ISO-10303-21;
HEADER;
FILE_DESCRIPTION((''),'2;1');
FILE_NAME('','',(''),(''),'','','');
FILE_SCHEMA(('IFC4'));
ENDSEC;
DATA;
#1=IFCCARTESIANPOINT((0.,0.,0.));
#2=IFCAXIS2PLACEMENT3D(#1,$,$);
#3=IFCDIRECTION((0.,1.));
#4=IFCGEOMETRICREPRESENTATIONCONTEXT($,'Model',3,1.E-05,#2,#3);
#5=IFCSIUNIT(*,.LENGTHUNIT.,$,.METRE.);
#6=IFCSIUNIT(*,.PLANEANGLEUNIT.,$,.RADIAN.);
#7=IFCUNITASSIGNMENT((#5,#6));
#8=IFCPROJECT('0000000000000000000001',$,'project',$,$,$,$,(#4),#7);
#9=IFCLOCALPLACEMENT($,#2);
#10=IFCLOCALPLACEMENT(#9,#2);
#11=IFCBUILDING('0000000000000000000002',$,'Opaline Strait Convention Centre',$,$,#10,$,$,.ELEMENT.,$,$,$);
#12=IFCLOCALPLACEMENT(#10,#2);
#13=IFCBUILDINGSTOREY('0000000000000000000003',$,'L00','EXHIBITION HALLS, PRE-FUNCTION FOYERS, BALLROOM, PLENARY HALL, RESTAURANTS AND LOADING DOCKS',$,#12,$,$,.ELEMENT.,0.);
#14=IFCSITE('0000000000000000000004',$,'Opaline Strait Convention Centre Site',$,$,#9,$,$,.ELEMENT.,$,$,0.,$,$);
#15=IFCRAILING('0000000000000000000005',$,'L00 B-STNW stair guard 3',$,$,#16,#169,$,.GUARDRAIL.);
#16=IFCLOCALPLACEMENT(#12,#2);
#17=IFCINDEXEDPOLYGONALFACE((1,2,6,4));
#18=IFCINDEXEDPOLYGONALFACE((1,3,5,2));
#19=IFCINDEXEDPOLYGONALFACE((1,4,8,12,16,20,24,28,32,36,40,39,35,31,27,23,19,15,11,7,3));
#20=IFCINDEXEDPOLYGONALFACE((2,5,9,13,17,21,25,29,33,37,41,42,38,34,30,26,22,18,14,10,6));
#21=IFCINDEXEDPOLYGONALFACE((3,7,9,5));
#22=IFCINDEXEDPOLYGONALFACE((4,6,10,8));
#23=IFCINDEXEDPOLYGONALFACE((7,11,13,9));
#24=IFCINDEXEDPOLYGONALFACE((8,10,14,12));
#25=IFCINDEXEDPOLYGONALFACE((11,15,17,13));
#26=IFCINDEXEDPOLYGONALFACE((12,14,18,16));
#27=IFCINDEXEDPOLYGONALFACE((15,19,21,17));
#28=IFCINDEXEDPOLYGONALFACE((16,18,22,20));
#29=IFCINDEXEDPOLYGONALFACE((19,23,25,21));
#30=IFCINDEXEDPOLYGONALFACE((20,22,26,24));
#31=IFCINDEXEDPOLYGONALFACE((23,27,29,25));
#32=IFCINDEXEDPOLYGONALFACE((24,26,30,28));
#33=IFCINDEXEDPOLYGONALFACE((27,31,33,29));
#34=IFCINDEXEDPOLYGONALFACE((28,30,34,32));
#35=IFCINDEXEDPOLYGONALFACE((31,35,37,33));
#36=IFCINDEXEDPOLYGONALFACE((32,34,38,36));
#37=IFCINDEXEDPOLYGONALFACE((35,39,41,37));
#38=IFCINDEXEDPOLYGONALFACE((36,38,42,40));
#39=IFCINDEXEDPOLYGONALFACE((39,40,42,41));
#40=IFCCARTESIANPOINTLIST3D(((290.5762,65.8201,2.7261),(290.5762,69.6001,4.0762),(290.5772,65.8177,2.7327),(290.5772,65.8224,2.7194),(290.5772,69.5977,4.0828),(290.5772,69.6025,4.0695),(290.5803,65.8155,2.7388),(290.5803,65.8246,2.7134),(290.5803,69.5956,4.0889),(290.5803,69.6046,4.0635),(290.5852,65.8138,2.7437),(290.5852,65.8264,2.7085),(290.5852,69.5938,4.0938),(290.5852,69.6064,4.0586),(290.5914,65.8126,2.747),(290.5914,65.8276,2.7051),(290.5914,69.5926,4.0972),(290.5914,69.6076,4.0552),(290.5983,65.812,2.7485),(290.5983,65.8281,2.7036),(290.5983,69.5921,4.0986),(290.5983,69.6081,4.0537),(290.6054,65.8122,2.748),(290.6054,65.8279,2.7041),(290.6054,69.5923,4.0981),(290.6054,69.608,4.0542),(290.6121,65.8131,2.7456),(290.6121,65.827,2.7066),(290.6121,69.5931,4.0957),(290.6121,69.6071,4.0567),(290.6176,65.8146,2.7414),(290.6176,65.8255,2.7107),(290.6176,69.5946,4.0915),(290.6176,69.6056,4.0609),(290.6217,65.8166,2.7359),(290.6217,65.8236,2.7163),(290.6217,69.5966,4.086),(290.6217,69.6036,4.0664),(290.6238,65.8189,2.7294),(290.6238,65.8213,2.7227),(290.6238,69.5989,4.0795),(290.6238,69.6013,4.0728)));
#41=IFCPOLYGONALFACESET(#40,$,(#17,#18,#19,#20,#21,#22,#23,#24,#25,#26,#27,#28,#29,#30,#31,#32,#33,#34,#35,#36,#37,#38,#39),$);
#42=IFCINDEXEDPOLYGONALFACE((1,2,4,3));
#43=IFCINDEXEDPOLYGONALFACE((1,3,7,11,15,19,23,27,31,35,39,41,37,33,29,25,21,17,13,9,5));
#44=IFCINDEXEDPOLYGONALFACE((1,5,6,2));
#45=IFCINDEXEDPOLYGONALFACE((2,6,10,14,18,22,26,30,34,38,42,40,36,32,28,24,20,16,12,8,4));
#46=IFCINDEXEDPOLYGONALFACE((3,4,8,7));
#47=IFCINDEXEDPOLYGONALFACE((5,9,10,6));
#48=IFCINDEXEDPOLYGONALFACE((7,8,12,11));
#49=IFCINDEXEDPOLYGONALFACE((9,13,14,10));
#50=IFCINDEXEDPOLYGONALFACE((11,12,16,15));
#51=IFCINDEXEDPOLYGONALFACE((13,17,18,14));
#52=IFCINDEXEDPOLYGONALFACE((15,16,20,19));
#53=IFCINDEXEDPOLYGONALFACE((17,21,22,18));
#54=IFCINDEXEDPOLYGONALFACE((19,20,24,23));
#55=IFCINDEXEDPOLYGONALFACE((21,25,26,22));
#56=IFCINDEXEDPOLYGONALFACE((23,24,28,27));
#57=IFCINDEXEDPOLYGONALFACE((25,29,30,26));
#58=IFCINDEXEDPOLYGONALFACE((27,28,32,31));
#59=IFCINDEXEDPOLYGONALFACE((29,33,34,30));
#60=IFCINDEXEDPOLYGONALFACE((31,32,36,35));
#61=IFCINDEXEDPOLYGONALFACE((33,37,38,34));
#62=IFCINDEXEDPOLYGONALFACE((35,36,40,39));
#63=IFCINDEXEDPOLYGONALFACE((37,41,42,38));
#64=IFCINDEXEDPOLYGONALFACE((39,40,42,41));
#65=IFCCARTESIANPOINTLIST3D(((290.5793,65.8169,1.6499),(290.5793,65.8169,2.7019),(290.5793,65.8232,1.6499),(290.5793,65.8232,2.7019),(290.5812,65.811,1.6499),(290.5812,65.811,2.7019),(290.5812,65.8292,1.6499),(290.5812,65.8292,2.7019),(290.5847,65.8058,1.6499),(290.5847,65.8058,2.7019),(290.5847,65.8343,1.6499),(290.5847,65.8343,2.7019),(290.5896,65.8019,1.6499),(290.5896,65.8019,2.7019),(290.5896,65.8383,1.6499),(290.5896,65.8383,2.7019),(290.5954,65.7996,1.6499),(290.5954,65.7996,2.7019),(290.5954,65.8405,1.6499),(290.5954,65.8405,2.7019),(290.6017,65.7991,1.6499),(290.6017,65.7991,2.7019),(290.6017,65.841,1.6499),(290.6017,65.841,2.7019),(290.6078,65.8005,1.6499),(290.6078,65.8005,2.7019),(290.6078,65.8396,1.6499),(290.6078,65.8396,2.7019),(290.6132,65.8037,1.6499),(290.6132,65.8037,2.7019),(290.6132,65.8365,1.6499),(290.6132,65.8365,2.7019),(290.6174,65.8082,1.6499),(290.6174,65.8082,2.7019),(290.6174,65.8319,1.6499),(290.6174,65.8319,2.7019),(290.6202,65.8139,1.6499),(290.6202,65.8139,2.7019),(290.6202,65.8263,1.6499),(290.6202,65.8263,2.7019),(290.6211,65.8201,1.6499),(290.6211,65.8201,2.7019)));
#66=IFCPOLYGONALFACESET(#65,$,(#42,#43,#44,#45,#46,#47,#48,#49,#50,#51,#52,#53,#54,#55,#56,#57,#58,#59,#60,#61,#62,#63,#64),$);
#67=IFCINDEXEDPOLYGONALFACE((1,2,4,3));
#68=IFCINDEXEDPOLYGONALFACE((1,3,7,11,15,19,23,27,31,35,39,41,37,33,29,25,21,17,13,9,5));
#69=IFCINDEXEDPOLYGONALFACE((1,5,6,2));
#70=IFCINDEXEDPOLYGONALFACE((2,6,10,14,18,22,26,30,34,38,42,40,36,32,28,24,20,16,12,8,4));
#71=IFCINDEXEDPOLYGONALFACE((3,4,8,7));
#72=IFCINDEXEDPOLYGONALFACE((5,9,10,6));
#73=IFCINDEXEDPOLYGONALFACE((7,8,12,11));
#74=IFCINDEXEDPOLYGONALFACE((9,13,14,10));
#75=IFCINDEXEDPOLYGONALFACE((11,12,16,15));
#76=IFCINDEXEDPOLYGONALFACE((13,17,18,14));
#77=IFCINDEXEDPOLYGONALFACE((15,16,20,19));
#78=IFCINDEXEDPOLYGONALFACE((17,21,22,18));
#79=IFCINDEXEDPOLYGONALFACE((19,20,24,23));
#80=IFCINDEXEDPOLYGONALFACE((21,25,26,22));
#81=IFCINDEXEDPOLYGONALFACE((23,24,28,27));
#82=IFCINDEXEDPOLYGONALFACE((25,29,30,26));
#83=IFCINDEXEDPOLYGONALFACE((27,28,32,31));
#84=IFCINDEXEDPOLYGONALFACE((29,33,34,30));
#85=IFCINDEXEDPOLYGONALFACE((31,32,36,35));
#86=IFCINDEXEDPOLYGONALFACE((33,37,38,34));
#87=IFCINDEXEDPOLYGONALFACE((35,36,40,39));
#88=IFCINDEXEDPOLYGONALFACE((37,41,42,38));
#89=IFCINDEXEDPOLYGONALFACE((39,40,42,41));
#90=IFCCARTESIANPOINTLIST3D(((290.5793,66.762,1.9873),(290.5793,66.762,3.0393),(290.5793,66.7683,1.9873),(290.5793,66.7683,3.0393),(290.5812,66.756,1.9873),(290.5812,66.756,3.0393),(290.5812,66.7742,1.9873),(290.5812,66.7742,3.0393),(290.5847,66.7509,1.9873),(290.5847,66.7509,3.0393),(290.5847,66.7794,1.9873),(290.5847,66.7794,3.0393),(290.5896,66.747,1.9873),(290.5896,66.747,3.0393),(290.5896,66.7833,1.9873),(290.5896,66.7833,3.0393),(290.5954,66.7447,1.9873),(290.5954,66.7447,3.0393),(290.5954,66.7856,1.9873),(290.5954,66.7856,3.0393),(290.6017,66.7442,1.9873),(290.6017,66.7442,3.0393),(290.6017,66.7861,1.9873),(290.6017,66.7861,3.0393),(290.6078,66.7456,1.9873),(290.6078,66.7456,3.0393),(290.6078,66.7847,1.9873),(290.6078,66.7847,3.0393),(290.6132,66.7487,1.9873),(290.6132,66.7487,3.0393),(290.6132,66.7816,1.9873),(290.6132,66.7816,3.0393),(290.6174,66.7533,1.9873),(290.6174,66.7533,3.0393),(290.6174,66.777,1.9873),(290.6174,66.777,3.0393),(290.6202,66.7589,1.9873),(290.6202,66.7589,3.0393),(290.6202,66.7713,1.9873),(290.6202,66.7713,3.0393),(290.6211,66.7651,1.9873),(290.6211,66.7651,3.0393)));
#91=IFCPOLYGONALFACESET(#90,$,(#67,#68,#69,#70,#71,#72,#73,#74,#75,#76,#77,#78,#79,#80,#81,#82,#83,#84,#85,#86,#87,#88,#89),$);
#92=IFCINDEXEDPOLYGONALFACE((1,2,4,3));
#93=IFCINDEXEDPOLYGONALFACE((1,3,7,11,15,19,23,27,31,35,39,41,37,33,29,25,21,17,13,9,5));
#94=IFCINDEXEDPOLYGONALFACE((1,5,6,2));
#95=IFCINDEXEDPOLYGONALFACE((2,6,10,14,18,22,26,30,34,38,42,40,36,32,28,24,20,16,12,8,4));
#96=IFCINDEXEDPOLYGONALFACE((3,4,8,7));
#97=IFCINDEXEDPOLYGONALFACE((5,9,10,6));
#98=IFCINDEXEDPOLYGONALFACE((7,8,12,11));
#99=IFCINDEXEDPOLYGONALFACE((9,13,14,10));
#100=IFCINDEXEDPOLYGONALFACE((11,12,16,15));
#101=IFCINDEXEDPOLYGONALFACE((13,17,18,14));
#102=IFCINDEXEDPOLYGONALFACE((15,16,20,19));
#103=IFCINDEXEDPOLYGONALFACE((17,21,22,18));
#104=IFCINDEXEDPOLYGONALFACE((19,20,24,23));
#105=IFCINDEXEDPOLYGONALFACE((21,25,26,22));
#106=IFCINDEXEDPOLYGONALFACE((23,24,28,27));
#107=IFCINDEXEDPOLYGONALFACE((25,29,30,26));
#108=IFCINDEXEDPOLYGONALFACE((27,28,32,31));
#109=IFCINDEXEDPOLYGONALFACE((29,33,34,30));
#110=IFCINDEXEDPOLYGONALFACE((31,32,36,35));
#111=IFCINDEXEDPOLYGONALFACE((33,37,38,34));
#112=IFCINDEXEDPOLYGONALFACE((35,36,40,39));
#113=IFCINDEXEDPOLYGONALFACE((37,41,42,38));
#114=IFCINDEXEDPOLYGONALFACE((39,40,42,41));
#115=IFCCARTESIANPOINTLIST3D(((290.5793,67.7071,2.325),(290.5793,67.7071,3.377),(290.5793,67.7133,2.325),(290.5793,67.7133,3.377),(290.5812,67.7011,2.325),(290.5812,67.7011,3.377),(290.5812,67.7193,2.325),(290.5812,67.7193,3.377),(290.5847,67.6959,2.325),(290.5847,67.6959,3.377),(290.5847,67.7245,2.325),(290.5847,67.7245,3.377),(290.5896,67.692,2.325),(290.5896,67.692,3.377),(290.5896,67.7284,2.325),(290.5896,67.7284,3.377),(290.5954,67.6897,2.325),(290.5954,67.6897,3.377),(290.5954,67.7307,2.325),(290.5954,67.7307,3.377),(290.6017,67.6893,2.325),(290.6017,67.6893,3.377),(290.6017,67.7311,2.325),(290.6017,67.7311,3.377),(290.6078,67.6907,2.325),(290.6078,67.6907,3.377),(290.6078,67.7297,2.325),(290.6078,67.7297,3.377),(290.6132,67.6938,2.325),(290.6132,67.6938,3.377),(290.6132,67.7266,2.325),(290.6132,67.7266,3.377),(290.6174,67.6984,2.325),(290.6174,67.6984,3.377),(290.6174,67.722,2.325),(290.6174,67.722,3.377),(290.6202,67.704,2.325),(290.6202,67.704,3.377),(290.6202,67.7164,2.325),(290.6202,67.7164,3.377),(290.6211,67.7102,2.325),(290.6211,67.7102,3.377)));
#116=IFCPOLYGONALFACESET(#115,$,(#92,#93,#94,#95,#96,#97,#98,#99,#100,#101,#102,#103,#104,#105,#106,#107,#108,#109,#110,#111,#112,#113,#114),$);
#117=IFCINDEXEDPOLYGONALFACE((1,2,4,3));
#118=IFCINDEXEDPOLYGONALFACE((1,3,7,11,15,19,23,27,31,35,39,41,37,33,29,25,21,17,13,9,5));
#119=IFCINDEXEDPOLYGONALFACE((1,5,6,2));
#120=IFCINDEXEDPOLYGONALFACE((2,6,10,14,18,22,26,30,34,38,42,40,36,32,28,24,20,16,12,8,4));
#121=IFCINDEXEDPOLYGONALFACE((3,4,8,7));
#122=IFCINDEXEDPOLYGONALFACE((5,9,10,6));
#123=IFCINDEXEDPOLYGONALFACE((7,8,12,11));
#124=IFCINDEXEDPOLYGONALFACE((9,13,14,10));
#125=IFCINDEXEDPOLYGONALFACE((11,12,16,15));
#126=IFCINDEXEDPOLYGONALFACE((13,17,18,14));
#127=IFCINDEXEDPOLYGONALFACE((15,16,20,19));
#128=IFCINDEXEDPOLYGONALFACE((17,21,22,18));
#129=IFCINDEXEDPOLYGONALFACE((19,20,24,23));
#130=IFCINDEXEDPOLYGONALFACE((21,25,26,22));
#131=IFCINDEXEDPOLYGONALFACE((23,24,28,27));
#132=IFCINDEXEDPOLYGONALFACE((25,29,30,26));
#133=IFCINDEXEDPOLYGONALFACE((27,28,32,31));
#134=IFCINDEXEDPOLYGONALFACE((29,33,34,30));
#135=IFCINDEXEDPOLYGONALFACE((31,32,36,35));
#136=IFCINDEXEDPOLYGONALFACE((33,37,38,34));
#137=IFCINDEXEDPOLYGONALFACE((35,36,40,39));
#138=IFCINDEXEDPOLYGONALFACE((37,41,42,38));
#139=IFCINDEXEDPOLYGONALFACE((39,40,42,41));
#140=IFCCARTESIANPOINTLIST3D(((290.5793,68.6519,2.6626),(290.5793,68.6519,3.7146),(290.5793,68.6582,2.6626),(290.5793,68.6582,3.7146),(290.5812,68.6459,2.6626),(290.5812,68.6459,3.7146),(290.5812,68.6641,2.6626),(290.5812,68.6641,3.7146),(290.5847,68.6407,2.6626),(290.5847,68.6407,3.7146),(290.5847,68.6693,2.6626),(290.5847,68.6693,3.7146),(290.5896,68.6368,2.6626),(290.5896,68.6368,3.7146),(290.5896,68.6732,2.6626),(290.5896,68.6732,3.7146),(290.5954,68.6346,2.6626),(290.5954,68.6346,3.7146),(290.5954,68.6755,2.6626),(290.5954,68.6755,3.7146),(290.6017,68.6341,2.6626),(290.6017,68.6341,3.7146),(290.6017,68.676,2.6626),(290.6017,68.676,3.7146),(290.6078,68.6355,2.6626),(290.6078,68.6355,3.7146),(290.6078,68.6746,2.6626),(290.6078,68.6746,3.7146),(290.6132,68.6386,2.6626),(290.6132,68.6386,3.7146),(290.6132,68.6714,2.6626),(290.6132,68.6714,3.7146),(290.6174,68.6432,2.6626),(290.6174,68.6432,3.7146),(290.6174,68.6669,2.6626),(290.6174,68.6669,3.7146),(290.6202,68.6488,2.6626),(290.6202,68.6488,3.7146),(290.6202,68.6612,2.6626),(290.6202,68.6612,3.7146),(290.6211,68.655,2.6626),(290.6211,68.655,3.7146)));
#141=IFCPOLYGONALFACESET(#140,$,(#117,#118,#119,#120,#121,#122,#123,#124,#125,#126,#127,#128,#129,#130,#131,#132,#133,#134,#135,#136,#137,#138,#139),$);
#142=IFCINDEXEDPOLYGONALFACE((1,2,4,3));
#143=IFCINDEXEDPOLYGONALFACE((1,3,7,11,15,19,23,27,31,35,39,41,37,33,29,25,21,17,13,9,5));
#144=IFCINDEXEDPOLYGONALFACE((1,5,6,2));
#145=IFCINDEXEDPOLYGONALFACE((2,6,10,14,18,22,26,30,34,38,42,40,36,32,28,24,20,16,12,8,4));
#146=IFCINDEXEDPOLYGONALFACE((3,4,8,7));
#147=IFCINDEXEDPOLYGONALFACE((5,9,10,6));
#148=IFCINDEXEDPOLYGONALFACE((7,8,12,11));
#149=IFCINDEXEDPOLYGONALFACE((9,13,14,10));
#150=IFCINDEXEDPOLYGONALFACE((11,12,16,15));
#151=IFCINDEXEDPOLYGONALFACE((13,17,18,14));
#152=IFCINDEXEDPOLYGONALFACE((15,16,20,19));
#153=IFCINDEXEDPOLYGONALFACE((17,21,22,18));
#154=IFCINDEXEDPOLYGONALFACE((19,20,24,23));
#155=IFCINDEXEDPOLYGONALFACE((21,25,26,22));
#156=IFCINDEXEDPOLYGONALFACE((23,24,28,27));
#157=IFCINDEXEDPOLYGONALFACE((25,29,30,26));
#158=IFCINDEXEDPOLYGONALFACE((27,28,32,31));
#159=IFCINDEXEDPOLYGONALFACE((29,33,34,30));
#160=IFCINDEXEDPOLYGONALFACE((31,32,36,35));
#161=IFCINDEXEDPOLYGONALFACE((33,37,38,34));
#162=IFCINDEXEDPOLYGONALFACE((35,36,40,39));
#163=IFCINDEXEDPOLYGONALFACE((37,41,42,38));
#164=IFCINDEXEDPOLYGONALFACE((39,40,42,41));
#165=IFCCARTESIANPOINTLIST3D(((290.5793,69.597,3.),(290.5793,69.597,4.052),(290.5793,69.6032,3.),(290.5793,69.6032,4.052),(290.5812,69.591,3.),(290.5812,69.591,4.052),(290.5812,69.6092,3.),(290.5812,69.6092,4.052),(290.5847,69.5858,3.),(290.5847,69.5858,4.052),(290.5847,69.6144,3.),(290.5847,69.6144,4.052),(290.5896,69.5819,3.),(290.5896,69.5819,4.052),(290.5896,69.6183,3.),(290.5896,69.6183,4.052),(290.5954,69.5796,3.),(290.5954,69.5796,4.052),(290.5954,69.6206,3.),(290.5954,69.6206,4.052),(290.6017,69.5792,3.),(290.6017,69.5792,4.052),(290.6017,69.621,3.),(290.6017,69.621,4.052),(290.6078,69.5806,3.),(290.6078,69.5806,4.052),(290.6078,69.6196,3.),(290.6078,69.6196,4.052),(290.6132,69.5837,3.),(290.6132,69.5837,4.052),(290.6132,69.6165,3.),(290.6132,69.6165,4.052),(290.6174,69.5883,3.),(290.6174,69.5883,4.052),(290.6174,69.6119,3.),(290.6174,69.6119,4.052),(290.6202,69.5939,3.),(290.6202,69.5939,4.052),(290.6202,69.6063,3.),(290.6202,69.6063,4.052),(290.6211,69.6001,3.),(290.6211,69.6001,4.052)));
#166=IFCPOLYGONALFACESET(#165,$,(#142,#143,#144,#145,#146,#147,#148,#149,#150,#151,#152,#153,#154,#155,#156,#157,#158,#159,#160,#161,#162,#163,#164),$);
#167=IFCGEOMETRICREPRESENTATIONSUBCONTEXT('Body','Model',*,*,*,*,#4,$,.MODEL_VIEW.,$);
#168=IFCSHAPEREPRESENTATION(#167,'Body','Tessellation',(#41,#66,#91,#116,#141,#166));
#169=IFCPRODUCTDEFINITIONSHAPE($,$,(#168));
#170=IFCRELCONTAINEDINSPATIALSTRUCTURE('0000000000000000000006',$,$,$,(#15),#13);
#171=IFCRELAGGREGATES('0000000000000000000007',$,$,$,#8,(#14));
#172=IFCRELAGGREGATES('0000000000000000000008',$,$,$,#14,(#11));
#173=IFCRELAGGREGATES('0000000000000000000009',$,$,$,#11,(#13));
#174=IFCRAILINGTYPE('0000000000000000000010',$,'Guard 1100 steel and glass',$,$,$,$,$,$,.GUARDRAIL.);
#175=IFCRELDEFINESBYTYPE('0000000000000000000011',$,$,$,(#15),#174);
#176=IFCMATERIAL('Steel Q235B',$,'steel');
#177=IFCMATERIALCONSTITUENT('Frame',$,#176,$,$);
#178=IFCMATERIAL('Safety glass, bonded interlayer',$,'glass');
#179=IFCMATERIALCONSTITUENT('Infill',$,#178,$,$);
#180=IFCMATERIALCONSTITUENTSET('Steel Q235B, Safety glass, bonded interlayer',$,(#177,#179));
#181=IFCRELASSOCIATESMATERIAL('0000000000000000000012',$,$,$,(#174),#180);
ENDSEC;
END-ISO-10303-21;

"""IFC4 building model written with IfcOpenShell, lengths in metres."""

from ifc_helpers import new_model, si_unit, direction, frame, origin, origin_2d, place, context, subcontext, project, spatial, circle, extrude, material, constituent, constituent_set, type_object, element, save


model = new_model("IFC4")

# Units and contexts
model_context = context("Model", 3, precision=1e-05, world=origin(), true_north=direction((0.0, 1.0)))
body_context = subcontext(model_context, "Body", "Model", "MODEL_VIEW")
ifc_project = project(units=[si_unit("LENGTHUNIT", "METRE"), si_unit("PLANEANGLEUNIT", "RADIAN")], contexts=[model_context])

# Site, building, storey
site_placement = place(None, origin())
site = spatial("IfcSite", under=ifc_project, at=site_placement, Name="Opaline Strait Convention Centre Site", CompositionType="ELEMENT", RefElevation=0.0)
building_placement = place(site_placement, origin())
building = spatial("IfcBuilding", under=site, at=building_placement, Name="Opaline Strait Convention Centre", CompositionType="ELEMENT")
storey_placement = place(building_placement, origin())
storey = spatial("IfcBuildingStorey", under=building, at=storey_placement, Name="L00", Description="EXHIBITION HALLS, PRE-FUNCTION FOYERS, BALLROOM, PLENARY HALL, RESTAURANTS AND LOADING DOCKS", CompositionType="ELEMENT", Elevation=0.0)

# Shared definitions
ifc_material_1 = material(Name="Steel Q235B", Category="steel")

# Railing
ifc_constituent_1 = constituent(ifc_material_1, Name="Frame")
ifc_material_2 = material(Name="Safety glass, bonded interlayer", Category="glass")
ifc_constituent_2 = constituent(ifc_material_2, Name="Infill")
ifc_constituent_set = constituent_set(constituents=[ifc_constituent_1, ifc_constituent_2], Name="Steel Q235B, Safety glass, bonded interlayer")
railing_type_1 = type_object("IfcRailingType", Name="Guard 1100 steel and glass", PredefinedType="GUARDRAIL", material=ifc_constituent_set)
railing_1_placement = place(storey_placement, frame((290.6001, 65.8201, 1.6499)))
element("IfcRailing", 1, at=railing_1_placement, inside=storey, type_object=railing_type_1, Name="L00 B-STNW stair guard 3", PredefinedType="GUARDRAIL", context=body_context, shape_type="SweptSolid", body=[
    extrude(circle(Radius=0.0239, at=origin_2d()), frame((0.0, 0.0, 1.0762), z_axis=(0.0, 0.941735, 0.336356), x_axis=(-1.0, 0.0, 0.0)), (0.0, 0.0, 1.0), 4.0139),
    extrude(circle(Radius=0.021, at=origin_2d()), origin(), (0.0, 0.0, 1.0), 1.052),
    extrude(circle(Radius=0.021, at=origin_2d()), frame((0.0, 0.9451, 0.3374)), (0.0, 0.0, 1.0), 1.052),
    extrude(circle(Radius=0.021, at=origin_2d()), frame((0.0, 1.8901, 0.675)), (0.0, 0.0, 1.0), 1.052),
    extrude(circle(Radius=0.021, at=origin_2d()), frame((0.0, 2.835, 1.0127)), (0.0, 0.0, 1.0), 1.052),
    extrude(circle(Radius=0.021, at=origin_2d()), frame((0.0, 3.78, 1.3501)), (0.0, 0.0, 1.0), 1.052),
])

save(model, "model.ifc")
